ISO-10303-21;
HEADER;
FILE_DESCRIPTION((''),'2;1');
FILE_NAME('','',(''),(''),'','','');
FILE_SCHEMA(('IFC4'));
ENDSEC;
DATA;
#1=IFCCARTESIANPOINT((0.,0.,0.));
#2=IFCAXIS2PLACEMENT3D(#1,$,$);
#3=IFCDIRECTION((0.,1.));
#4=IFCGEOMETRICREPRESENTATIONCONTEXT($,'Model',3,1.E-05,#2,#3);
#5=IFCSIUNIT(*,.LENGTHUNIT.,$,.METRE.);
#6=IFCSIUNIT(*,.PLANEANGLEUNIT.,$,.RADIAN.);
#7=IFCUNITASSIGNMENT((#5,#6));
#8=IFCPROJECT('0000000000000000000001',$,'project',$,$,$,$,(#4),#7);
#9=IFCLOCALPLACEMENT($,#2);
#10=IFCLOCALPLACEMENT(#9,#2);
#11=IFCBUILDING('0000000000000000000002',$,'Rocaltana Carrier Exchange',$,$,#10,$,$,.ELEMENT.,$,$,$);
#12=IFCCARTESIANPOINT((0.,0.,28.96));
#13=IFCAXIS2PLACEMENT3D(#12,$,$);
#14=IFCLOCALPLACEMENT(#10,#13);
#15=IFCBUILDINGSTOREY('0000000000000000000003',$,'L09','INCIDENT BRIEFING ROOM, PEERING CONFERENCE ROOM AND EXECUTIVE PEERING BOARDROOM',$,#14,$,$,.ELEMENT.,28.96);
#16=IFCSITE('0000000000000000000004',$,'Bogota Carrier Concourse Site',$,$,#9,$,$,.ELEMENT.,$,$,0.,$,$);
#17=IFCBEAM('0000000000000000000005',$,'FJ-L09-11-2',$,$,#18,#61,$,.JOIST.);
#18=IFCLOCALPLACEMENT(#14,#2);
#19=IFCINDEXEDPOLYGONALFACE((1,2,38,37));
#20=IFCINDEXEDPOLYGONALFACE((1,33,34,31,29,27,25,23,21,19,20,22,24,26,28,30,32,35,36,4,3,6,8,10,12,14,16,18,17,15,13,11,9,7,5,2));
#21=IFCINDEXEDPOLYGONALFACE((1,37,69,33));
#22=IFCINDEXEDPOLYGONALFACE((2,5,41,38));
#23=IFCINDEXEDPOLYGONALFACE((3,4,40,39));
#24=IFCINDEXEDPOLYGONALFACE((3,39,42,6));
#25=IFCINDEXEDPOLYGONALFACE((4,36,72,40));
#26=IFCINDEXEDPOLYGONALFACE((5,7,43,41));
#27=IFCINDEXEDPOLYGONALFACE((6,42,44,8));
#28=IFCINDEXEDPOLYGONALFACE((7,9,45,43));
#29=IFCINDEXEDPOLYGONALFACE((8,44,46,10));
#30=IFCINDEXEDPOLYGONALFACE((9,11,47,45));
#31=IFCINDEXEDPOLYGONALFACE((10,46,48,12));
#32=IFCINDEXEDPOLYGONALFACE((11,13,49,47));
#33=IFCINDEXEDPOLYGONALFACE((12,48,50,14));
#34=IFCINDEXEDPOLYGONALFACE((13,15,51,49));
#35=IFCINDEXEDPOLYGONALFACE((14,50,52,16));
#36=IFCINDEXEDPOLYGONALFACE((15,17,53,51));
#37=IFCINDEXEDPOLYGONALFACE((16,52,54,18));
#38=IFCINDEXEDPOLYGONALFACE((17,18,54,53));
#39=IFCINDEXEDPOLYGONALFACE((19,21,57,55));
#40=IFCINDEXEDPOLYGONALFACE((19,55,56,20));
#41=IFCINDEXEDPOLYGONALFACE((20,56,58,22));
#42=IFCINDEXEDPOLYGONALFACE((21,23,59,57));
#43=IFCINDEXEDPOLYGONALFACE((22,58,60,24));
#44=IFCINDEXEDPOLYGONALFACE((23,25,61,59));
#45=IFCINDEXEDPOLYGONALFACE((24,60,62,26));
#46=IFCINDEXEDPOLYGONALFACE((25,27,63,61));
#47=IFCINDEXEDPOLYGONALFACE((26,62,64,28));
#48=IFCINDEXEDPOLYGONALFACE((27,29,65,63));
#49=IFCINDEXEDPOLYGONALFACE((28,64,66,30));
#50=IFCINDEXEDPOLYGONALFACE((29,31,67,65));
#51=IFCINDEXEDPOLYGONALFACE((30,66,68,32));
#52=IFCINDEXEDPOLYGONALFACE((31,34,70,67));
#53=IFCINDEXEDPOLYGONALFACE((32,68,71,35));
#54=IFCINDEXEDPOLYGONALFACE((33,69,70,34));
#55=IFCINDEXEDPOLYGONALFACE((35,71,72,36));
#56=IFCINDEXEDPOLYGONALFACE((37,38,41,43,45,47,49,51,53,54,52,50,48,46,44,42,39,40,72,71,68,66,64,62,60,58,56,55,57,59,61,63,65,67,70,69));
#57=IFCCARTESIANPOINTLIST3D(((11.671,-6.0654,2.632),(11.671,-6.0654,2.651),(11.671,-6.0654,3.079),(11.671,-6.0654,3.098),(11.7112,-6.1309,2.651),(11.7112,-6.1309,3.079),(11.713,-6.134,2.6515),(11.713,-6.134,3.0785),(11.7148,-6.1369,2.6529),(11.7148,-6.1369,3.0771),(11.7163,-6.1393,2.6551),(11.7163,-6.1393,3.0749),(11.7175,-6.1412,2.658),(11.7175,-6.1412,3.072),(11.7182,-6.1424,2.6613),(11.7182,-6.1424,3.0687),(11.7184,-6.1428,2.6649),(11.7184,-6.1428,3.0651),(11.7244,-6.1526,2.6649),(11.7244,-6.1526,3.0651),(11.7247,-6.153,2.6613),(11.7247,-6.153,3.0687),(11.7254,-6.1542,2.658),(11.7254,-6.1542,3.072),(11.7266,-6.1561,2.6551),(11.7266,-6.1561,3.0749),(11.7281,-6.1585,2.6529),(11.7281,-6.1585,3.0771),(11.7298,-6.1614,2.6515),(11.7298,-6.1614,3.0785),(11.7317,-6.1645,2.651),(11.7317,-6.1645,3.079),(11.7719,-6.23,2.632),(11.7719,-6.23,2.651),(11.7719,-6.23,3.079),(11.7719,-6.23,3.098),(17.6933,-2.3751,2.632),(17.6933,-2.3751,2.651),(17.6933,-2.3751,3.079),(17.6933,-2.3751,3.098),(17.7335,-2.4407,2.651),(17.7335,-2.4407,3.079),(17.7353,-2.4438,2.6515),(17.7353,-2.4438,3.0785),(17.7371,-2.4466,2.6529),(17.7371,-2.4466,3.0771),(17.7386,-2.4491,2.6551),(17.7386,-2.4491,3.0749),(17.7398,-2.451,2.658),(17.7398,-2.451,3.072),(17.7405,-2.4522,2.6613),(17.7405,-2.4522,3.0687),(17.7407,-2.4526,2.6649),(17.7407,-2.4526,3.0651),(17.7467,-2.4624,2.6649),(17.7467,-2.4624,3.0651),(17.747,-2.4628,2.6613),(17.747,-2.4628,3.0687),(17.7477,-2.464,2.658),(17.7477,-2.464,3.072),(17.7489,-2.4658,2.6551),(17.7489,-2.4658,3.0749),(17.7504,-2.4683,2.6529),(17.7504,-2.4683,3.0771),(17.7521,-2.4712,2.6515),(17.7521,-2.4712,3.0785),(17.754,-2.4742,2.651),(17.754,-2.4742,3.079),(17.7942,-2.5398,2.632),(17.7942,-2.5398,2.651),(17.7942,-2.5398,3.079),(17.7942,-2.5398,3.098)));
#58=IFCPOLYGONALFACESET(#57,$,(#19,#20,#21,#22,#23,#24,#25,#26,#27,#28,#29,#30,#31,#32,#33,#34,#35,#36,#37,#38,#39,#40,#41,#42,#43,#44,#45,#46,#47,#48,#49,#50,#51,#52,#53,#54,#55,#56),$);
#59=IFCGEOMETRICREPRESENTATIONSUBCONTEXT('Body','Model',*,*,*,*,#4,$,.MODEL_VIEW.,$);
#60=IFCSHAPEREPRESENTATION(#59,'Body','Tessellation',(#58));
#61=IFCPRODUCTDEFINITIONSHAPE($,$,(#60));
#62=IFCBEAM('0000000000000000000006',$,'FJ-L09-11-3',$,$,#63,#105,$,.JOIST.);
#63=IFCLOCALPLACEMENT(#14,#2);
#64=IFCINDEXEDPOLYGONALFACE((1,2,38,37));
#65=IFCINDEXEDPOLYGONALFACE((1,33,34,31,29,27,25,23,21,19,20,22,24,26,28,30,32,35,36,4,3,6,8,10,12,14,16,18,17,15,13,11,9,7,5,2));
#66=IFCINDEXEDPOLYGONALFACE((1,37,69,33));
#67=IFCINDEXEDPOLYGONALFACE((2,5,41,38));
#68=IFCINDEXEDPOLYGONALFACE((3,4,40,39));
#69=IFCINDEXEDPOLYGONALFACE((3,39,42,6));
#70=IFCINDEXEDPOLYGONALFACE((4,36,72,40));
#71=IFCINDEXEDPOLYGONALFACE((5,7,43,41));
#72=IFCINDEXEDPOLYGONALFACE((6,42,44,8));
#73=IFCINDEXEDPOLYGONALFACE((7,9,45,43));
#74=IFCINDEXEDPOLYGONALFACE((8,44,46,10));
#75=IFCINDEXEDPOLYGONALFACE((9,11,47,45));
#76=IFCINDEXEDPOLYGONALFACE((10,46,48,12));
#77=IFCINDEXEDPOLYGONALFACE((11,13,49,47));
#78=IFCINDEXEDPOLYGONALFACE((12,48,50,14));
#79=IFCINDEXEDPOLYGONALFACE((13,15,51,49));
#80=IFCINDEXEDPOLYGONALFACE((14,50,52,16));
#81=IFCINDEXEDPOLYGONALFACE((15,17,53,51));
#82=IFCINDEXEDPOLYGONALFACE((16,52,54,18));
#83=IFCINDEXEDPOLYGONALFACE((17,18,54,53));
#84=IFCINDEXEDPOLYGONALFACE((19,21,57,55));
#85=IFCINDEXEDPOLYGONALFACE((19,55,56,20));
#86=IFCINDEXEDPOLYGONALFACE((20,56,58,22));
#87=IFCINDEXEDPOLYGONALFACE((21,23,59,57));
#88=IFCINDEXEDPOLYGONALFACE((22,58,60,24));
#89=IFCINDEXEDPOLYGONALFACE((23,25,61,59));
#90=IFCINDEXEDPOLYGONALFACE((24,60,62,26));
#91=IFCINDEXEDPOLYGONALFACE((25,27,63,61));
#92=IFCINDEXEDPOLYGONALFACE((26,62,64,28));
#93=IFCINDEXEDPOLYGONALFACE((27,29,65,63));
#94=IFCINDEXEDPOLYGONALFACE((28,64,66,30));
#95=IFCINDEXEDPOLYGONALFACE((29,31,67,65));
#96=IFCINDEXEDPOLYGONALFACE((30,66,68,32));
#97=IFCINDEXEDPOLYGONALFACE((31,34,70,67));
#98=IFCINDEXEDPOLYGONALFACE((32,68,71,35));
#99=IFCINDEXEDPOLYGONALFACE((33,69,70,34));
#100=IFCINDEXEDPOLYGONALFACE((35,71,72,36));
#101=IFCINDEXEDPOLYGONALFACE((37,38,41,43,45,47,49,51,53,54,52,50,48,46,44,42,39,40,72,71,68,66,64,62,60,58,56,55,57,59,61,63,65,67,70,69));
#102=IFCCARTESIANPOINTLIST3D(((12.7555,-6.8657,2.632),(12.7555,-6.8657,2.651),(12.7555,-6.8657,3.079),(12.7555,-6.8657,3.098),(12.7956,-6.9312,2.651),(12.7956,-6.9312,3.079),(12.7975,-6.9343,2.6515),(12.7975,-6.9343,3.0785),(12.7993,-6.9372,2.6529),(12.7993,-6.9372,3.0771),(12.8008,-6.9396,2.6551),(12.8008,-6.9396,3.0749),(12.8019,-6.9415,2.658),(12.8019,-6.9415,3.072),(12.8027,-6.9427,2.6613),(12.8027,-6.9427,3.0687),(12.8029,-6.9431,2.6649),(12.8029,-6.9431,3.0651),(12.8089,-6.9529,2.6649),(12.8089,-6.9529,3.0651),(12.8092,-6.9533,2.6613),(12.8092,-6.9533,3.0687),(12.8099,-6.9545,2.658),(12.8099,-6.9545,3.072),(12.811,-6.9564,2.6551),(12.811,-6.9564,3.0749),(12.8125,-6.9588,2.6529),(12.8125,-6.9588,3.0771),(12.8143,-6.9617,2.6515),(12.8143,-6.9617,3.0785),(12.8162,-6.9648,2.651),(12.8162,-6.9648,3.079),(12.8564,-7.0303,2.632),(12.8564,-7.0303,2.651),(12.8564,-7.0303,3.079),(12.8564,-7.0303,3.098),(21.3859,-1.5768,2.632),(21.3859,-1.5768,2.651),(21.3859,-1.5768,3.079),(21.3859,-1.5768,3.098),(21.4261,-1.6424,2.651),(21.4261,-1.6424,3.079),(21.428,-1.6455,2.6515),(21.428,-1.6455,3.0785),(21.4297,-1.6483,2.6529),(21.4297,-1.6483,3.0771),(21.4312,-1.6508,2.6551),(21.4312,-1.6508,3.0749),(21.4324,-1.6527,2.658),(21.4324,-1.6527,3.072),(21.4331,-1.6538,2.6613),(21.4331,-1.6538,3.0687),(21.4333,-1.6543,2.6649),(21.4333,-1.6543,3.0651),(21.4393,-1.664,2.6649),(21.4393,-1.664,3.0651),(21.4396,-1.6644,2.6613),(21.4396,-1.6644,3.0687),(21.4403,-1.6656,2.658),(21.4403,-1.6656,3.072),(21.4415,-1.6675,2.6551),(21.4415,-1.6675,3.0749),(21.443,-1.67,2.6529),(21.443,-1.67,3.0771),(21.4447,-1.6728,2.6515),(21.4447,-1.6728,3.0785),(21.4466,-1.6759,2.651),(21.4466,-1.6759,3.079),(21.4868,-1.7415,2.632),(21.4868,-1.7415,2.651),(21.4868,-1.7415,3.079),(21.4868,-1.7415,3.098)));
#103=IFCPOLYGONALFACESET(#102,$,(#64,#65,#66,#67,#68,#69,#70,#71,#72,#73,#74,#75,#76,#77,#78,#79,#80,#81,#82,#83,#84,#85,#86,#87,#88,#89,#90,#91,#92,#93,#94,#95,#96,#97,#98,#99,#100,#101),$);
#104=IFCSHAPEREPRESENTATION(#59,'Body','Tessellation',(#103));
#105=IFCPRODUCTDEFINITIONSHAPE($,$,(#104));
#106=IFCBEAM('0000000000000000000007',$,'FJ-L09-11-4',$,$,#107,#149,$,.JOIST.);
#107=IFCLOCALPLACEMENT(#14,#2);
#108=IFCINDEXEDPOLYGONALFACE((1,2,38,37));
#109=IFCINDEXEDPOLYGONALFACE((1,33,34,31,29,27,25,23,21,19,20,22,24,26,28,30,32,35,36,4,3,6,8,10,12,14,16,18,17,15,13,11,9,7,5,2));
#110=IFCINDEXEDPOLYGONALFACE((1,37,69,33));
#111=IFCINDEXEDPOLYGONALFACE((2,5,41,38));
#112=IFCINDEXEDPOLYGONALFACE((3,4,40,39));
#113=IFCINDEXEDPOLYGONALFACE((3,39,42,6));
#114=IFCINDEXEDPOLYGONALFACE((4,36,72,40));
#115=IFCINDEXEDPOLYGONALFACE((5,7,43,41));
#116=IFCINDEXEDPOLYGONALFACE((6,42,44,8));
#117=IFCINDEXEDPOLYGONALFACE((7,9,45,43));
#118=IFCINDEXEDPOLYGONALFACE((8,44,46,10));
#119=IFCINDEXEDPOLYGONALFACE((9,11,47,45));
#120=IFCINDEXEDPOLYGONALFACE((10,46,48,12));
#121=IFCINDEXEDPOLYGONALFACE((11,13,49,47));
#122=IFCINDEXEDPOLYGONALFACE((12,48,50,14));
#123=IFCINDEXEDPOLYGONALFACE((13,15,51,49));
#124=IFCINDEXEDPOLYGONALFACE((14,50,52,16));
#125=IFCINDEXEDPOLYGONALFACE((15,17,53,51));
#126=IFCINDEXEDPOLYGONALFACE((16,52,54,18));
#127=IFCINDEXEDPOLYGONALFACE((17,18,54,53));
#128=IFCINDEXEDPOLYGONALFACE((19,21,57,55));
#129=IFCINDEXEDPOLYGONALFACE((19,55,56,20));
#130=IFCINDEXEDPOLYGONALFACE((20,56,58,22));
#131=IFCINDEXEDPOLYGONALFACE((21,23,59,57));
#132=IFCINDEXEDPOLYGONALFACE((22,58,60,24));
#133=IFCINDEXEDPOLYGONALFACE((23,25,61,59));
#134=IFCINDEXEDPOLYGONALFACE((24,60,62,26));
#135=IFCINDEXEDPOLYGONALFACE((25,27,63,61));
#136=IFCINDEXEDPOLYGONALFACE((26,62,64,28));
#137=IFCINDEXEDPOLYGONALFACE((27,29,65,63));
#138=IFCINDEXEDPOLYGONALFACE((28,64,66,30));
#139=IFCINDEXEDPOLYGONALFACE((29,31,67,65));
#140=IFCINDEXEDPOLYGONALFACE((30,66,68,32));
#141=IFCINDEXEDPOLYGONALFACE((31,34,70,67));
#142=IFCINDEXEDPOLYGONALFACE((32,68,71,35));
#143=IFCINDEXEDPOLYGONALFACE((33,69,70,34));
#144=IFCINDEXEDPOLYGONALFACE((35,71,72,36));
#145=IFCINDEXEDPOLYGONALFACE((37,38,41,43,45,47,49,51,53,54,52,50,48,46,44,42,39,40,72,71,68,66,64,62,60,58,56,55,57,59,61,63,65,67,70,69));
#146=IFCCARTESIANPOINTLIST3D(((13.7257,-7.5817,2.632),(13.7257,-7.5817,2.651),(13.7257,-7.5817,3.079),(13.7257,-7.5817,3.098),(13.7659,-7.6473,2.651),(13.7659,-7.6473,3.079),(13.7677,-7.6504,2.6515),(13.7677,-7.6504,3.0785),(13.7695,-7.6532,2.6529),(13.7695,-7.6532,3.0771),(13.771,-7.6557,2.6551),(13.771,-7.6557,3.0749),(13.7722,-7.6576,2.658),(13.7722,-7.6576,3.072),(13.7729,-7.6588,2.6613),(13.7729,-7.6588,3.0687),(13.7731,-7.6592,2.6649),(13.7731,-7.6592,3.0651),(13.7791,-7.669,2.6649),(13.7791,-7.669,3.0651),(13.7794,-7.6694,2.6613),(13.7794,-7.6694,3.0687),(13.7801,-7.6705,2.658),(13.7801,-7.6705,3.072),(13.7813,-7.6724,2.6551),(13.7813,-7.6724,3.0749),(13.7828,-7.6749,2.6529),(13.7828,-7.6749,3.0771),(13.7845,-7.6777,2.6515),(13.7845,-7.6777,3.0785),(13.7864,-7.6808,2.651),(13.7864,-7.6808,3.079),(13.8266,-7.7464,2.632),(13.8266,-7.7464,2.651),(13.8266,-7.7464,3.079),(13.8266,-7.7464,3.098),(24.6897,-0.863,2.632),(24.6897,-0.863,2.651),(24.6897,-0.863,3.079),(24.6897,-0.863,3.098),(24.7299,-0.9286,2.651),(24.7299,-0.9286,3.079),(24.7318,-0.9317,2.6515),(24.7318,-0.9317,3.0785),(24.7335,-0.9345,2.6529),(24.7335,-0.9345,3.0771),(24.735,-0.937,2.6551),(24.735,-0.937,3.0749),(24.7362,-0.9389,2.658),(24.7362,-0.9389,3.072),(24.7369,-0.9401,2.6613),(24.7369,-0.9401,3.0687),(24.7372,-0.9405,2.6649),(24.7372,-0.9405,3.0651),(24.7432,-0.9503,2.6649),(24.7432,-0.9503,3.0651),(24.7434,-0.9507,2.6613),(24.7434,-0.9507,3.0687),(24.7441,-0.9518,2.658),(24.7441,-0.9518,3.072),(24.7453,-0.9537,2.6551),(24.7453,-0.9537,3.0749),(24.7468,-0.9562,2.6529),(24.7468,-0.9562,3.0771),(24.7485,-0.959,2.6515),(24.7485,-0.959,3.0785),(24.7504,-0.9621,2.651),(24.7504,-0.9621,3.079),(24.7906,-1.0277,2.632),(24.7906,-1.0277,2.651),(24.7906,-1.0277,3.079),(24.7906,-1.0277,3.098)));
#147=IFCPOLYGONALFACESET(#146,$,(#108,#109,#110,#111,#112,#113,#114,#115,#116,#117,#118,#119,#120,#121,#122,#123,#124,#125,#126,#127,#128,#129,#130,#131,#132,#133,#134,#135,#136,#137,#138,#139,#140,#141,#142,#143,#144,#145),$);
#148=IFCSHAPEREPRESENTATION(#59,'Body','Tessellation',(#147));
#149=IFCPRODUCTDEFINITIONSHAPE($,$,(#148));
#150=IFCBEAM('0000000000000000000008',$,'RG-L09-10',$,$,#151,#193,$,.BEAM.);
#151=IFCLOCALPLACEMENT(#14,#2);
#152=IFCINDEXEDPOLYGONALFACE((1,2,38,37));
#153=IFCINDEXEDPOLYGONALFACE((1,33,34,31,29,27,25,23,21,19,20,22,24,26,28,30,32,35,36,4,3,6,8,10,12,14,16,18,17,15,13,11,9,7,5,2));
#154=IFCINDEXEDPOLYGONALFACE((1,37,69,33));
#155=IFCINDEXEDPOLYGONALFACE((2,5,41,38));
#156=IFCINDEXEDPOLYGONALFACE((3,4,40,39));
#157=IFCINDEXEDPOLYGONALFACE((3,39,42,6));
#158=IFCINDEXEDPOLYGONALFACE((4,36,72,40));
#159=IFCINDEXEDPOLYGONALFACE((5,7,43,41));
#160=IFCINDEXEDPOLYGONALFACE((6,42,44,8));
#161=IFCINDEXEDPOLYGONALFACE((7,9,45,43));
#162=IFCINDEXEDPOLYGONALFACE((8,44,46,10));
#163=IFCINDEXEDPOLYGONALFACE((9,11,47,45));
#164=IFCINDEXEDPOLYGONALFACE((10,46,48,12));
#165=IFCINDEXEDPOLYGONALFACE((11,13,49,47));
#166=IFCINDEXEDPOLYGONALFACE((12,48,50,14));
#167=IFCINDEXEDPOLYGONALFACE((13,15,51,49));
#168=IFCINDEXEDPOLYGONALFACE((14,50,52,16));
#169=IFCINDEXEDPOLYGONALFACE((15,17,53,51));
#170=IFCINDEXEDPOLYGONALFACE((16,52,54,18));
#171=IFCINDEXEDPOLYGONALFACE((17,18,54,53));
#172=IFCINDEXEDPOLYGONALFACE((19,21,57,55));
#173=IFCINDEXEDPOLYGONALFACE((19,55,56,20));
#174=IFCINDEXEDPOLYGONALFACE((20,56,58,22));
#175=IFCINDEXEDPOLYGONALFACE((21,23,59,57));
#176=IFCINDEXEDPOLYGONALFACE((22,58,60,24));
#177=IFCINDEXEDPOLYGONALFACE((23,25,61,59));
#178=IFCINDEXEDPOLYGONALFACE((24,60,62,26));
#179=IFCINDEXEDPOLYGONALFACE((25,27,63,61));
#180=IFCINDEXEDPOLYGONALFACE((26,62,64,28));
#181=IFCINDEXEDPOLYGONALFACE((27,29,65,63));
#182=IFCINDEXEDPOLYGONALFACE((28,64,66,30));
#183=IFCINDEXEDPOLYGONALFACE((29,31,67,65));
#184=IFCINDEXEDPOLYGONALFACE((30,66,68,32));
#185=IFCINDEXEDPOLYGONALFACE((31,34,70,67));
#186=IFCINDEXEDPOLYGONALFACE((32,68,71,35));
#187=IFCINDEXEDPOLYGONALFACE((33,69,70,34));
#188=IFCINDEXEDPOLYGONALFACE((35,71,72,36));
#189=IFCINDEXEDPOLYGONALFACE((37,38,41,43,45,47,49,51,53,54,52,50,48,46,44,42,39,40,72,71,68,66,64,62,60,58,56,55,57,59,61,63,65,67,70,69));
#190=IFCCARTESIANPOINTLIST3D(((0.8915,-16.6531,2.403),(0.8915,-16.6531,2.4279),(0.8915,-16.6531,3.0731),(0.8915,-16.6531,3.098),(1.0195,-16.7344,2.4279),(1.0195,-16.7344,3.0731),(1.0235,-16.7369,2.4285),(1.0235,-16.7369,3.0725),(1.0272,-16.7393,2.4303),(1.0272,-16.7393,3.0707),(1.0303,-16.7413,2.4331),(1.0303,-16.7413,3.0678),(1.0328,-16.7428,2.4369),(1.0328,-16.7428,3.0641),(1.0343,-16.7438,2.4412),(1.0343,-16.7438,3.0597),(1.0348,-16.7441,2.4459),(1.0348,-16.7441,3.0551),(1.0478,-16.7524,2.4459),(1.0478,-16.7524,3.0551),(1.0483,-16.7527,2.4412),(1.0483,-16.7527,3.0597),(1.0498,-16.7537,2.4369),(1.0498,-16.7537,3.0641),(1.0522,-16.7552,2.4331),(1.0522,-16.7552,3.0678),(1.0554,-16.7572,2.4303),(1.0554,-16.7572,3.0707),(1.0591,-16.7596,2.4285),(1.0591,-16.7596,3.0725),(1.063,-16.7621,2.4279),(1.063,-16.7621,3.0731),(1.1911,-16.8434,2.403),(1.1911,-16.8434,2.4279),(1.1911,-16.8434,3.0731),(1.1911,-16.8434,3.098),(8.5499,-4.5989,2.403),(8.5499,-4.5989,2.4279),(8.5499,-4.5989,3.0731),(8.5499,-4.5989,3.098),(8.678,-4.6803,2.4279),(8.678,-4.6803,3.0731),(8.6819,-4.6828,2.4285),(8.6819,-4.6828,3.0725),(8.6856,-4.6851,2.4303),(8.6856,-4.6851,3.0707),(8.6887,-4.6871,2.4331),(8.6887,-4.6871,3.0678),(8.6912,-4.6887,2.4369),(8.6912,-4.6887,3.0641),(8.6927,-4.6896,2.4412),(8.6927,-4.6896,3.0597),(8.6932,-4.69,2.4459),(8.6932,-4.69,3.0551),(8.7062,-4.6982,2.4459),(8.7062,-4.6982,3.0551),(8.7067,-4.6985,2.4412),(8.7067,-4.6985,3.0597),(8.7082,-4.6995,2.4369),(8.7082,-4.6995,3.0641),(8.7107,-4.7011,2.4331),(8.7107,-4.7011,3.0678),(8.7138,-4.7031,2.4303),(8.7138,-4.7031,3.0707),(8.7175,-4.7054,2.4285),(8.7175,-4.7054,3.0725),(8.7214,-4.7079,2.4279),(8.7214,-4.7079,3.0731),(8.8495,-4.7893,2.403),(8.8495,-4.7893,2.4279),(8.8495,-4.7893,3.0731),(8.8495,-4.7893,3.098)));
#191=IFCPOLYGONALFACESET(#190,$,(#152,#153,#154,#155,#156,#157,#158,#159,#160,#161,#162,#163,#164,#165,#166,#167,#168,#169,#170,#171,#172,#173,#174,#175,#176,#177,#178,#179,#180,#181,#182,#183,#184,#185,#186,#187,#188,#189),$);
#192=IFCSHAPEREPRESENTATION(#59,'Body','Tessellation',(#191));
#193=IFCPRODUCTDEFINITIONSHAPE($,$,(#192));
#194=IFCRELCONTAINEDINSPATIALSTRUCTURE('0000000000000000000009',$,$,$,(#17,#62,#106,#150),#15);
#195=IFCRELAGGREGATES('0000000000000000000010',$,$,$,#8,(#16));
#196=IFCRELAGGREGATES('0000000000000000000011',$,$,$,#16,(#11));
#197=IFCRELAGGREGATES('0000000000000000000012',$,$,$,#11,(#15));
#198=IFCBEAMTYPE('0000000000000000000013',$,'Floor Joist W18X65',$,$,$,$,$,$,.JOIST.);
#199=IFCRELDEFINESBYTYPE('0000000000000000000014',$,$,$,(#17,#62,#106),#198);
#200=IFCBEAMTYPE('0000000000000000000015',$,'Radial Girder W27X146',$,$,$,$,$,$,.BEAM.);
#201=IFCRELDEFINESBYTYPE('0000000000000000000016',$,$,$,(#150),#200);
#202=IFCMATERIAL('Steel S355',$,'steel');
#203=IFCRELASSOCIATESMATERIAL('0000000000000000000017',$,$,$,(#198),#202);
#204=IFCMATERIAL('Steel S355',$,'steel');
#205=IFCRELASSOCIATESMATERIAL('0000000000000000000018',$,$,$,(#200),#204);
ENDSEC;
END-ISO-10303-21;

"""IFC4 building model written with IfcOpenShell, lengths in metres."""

from ifc_helpers import new_model, si_unit, direction, frame, origin, origin_2d, place, context, subcontext, project, spatial, i_section, extrude, material, material_profile, profile_set, type_object, element, save


model = new_model("IFC4")

# Units and contexts
model_context = context("Model", 3, precision=1e-05, world=origin(), true_north=direction((0.0, 1.0)))
body_context = subcontext(model_context, "Body", "Model", "MODEL_VIEW")
ifc_project = project(units=[si_unit("LENGTHUNIT", "METRE"), si_unit("PLANEANGLEUNIT", "RADIAN")], contexts=[model_context])

# Site, building, storey
site_placement = place(None, origin())
site = spatial("IfcSite", under=ifc_project, at=site_placement, Name="Bogota Carrier Concourse Site", CompositionType="ELEMENT", RefElevation=0.0)
building_placement = place(site_placement, origin())
building = spatial("IfcBuilding", under=site, at=building_placement, Name="Rocaltana Carrier Exchange", CompositionType="ELEMENT")
storey_placement = place(building_placement, frame((0.0, 0.0, 28.96)))
storey = spatial("IfcBuildingStorey", under=building, at=storey_placement, Name="L09", Description="INCIDENT BRIEFING ROOM, PEERING CONFERENCE ROOM AND EXECUTIVE PEERING BOARDROOM", CompositionType="ELEMENT", Elevation=28.96)

# Beams
ifc_material_1 = material(Name="Steel S355", Category="steel")
ifc_material_profile_1 = material_profile(ifc_material_1, i_section(OverallWidth=0.1931, OverallDepth=0.4661, WebThickness=0.0115, FlangeThickness=0.019, FilletRadius=0.0139, at=origin_2d()), Name="W18X65")
ifc_profile_set_1 = profile_set([ifc_material_profile_1], Name="Steel S355")
beam_type_1 = type_object("IfcBeamType", Name="Floor Joist W18X65", PredefinedType="JOIST", material=ifc_profile_set_1)
beam_1_placement = place(storey_placement, frame((11.7214, -6.1477, 2.865), z_axis=(0.852655, 0.522475, 0.0), x_axis=(-0.522475, 0.852655, 0.0)))
element("IfcBeam", 1, at=beam_1_placement, inside=storey, type_object=beam_type_1, Name="FJ-L09-11-2", PredefinedType="JOIST", context=body_context, shape_type="SweptSolid", body=[
    extrude(i_section(OverallWidth=0.1931, OverallDepth=0.4661, WebThickness=0.0115, FlangeThickness=0.019, FilletRadius=0.0139, at=origin_2d()), origin(), (0.0, 0.0, 1.0), 7.063),
])
beam_2_placement = place(storey_placement, frame((12.8059, -6.948, 2.865), z_axis=(0.852635, 0.522507, 0.0), x_axis=(-0.522507, 0.852635, 0.0)))
element("IfcBeam", 2, at=beam_2_placement, inside=storey, type_object=beam_type_1, Name="FJ-L09-11-3", PredefinedType="JOIST", context=body_context, shape_type="SweptSolid", body=[
    extrude(i_section(OverallWidth=0.1931, OverallDepth=0.4661, WebThickness=0.0115, FlangeThickness=0.019, FilletRadius=0.0139, at=origin_2d()), origin(), (0.0, 0.0, 1.0), 10.1221),
])
beam_3_placement = place(storey_placement, frame((13.7761, -7.6641, 2.865), z_axis=(0.852642, 0.522495, 0.0), x_axis=(-0.522495, 0.852642, 0.0)))
element("IfcBeam", 3, at=beam_3_placement, inside=storey, type_object=beam_type_1, Name="FJ-L09-11-4", PredefinedType="JOIST", context=body_context, shape_type="SweptSolid", body=[
    extrude(i_section(OverallWidth=0.1931, OverallDepth=0.4661, WebThickness=0.0115, FlangeThickness=0.019, FilletRadius=0.0139, at=origin_2d()), origin(), (0.0, 0.0, 1.0), 12.8589),
])
ifc_material_2 = material(Name="Steel S355", Category="steel")
ifc_material_profile_2 = material_profile(ifc_material_2, i_section(OverallWidth=0.355, OverallDepth=0.6951, WebThickness=0.0154, FlangeThickness=0.0249, FilletRadius=0.0181, at=origin_2d()), Name="W27X146")
ifc_profile_set_2 = profile_set([ifc_material_profile_2], Name="Steel S355")
beam_type_2 = type_object("IfcBeamType", Name="Radial Girder W27X146", PredefinedType="BEAM", material=ifc_profile_set_2)
beam_4_placement = place(storey_placement, frame((8.6997, -4.6941, 2.7505), z_axis=(-0.536257, -0.844055, 0.0), x_axis=(0.844055, -0.536257, 0.0)))
element("IfcBeam", 4, at=beam_4_placement, inside=storey, type_object=beam_type_2, Name="RG-L09-10", PredefinedType="BEAM", context=body_context, shape_type="SweptSolid", body=[
    extrude(i_section(OverallWidth=0.355, OverallDepth=0.6951, WebThickness=0.0154, FlangeThickness=0.0249, FilletRadius=0.0181, at=origin_2d()), origin(), (0.0, 0.0, 1.0), 14.2812),
])

save(model, "model.ifc")
